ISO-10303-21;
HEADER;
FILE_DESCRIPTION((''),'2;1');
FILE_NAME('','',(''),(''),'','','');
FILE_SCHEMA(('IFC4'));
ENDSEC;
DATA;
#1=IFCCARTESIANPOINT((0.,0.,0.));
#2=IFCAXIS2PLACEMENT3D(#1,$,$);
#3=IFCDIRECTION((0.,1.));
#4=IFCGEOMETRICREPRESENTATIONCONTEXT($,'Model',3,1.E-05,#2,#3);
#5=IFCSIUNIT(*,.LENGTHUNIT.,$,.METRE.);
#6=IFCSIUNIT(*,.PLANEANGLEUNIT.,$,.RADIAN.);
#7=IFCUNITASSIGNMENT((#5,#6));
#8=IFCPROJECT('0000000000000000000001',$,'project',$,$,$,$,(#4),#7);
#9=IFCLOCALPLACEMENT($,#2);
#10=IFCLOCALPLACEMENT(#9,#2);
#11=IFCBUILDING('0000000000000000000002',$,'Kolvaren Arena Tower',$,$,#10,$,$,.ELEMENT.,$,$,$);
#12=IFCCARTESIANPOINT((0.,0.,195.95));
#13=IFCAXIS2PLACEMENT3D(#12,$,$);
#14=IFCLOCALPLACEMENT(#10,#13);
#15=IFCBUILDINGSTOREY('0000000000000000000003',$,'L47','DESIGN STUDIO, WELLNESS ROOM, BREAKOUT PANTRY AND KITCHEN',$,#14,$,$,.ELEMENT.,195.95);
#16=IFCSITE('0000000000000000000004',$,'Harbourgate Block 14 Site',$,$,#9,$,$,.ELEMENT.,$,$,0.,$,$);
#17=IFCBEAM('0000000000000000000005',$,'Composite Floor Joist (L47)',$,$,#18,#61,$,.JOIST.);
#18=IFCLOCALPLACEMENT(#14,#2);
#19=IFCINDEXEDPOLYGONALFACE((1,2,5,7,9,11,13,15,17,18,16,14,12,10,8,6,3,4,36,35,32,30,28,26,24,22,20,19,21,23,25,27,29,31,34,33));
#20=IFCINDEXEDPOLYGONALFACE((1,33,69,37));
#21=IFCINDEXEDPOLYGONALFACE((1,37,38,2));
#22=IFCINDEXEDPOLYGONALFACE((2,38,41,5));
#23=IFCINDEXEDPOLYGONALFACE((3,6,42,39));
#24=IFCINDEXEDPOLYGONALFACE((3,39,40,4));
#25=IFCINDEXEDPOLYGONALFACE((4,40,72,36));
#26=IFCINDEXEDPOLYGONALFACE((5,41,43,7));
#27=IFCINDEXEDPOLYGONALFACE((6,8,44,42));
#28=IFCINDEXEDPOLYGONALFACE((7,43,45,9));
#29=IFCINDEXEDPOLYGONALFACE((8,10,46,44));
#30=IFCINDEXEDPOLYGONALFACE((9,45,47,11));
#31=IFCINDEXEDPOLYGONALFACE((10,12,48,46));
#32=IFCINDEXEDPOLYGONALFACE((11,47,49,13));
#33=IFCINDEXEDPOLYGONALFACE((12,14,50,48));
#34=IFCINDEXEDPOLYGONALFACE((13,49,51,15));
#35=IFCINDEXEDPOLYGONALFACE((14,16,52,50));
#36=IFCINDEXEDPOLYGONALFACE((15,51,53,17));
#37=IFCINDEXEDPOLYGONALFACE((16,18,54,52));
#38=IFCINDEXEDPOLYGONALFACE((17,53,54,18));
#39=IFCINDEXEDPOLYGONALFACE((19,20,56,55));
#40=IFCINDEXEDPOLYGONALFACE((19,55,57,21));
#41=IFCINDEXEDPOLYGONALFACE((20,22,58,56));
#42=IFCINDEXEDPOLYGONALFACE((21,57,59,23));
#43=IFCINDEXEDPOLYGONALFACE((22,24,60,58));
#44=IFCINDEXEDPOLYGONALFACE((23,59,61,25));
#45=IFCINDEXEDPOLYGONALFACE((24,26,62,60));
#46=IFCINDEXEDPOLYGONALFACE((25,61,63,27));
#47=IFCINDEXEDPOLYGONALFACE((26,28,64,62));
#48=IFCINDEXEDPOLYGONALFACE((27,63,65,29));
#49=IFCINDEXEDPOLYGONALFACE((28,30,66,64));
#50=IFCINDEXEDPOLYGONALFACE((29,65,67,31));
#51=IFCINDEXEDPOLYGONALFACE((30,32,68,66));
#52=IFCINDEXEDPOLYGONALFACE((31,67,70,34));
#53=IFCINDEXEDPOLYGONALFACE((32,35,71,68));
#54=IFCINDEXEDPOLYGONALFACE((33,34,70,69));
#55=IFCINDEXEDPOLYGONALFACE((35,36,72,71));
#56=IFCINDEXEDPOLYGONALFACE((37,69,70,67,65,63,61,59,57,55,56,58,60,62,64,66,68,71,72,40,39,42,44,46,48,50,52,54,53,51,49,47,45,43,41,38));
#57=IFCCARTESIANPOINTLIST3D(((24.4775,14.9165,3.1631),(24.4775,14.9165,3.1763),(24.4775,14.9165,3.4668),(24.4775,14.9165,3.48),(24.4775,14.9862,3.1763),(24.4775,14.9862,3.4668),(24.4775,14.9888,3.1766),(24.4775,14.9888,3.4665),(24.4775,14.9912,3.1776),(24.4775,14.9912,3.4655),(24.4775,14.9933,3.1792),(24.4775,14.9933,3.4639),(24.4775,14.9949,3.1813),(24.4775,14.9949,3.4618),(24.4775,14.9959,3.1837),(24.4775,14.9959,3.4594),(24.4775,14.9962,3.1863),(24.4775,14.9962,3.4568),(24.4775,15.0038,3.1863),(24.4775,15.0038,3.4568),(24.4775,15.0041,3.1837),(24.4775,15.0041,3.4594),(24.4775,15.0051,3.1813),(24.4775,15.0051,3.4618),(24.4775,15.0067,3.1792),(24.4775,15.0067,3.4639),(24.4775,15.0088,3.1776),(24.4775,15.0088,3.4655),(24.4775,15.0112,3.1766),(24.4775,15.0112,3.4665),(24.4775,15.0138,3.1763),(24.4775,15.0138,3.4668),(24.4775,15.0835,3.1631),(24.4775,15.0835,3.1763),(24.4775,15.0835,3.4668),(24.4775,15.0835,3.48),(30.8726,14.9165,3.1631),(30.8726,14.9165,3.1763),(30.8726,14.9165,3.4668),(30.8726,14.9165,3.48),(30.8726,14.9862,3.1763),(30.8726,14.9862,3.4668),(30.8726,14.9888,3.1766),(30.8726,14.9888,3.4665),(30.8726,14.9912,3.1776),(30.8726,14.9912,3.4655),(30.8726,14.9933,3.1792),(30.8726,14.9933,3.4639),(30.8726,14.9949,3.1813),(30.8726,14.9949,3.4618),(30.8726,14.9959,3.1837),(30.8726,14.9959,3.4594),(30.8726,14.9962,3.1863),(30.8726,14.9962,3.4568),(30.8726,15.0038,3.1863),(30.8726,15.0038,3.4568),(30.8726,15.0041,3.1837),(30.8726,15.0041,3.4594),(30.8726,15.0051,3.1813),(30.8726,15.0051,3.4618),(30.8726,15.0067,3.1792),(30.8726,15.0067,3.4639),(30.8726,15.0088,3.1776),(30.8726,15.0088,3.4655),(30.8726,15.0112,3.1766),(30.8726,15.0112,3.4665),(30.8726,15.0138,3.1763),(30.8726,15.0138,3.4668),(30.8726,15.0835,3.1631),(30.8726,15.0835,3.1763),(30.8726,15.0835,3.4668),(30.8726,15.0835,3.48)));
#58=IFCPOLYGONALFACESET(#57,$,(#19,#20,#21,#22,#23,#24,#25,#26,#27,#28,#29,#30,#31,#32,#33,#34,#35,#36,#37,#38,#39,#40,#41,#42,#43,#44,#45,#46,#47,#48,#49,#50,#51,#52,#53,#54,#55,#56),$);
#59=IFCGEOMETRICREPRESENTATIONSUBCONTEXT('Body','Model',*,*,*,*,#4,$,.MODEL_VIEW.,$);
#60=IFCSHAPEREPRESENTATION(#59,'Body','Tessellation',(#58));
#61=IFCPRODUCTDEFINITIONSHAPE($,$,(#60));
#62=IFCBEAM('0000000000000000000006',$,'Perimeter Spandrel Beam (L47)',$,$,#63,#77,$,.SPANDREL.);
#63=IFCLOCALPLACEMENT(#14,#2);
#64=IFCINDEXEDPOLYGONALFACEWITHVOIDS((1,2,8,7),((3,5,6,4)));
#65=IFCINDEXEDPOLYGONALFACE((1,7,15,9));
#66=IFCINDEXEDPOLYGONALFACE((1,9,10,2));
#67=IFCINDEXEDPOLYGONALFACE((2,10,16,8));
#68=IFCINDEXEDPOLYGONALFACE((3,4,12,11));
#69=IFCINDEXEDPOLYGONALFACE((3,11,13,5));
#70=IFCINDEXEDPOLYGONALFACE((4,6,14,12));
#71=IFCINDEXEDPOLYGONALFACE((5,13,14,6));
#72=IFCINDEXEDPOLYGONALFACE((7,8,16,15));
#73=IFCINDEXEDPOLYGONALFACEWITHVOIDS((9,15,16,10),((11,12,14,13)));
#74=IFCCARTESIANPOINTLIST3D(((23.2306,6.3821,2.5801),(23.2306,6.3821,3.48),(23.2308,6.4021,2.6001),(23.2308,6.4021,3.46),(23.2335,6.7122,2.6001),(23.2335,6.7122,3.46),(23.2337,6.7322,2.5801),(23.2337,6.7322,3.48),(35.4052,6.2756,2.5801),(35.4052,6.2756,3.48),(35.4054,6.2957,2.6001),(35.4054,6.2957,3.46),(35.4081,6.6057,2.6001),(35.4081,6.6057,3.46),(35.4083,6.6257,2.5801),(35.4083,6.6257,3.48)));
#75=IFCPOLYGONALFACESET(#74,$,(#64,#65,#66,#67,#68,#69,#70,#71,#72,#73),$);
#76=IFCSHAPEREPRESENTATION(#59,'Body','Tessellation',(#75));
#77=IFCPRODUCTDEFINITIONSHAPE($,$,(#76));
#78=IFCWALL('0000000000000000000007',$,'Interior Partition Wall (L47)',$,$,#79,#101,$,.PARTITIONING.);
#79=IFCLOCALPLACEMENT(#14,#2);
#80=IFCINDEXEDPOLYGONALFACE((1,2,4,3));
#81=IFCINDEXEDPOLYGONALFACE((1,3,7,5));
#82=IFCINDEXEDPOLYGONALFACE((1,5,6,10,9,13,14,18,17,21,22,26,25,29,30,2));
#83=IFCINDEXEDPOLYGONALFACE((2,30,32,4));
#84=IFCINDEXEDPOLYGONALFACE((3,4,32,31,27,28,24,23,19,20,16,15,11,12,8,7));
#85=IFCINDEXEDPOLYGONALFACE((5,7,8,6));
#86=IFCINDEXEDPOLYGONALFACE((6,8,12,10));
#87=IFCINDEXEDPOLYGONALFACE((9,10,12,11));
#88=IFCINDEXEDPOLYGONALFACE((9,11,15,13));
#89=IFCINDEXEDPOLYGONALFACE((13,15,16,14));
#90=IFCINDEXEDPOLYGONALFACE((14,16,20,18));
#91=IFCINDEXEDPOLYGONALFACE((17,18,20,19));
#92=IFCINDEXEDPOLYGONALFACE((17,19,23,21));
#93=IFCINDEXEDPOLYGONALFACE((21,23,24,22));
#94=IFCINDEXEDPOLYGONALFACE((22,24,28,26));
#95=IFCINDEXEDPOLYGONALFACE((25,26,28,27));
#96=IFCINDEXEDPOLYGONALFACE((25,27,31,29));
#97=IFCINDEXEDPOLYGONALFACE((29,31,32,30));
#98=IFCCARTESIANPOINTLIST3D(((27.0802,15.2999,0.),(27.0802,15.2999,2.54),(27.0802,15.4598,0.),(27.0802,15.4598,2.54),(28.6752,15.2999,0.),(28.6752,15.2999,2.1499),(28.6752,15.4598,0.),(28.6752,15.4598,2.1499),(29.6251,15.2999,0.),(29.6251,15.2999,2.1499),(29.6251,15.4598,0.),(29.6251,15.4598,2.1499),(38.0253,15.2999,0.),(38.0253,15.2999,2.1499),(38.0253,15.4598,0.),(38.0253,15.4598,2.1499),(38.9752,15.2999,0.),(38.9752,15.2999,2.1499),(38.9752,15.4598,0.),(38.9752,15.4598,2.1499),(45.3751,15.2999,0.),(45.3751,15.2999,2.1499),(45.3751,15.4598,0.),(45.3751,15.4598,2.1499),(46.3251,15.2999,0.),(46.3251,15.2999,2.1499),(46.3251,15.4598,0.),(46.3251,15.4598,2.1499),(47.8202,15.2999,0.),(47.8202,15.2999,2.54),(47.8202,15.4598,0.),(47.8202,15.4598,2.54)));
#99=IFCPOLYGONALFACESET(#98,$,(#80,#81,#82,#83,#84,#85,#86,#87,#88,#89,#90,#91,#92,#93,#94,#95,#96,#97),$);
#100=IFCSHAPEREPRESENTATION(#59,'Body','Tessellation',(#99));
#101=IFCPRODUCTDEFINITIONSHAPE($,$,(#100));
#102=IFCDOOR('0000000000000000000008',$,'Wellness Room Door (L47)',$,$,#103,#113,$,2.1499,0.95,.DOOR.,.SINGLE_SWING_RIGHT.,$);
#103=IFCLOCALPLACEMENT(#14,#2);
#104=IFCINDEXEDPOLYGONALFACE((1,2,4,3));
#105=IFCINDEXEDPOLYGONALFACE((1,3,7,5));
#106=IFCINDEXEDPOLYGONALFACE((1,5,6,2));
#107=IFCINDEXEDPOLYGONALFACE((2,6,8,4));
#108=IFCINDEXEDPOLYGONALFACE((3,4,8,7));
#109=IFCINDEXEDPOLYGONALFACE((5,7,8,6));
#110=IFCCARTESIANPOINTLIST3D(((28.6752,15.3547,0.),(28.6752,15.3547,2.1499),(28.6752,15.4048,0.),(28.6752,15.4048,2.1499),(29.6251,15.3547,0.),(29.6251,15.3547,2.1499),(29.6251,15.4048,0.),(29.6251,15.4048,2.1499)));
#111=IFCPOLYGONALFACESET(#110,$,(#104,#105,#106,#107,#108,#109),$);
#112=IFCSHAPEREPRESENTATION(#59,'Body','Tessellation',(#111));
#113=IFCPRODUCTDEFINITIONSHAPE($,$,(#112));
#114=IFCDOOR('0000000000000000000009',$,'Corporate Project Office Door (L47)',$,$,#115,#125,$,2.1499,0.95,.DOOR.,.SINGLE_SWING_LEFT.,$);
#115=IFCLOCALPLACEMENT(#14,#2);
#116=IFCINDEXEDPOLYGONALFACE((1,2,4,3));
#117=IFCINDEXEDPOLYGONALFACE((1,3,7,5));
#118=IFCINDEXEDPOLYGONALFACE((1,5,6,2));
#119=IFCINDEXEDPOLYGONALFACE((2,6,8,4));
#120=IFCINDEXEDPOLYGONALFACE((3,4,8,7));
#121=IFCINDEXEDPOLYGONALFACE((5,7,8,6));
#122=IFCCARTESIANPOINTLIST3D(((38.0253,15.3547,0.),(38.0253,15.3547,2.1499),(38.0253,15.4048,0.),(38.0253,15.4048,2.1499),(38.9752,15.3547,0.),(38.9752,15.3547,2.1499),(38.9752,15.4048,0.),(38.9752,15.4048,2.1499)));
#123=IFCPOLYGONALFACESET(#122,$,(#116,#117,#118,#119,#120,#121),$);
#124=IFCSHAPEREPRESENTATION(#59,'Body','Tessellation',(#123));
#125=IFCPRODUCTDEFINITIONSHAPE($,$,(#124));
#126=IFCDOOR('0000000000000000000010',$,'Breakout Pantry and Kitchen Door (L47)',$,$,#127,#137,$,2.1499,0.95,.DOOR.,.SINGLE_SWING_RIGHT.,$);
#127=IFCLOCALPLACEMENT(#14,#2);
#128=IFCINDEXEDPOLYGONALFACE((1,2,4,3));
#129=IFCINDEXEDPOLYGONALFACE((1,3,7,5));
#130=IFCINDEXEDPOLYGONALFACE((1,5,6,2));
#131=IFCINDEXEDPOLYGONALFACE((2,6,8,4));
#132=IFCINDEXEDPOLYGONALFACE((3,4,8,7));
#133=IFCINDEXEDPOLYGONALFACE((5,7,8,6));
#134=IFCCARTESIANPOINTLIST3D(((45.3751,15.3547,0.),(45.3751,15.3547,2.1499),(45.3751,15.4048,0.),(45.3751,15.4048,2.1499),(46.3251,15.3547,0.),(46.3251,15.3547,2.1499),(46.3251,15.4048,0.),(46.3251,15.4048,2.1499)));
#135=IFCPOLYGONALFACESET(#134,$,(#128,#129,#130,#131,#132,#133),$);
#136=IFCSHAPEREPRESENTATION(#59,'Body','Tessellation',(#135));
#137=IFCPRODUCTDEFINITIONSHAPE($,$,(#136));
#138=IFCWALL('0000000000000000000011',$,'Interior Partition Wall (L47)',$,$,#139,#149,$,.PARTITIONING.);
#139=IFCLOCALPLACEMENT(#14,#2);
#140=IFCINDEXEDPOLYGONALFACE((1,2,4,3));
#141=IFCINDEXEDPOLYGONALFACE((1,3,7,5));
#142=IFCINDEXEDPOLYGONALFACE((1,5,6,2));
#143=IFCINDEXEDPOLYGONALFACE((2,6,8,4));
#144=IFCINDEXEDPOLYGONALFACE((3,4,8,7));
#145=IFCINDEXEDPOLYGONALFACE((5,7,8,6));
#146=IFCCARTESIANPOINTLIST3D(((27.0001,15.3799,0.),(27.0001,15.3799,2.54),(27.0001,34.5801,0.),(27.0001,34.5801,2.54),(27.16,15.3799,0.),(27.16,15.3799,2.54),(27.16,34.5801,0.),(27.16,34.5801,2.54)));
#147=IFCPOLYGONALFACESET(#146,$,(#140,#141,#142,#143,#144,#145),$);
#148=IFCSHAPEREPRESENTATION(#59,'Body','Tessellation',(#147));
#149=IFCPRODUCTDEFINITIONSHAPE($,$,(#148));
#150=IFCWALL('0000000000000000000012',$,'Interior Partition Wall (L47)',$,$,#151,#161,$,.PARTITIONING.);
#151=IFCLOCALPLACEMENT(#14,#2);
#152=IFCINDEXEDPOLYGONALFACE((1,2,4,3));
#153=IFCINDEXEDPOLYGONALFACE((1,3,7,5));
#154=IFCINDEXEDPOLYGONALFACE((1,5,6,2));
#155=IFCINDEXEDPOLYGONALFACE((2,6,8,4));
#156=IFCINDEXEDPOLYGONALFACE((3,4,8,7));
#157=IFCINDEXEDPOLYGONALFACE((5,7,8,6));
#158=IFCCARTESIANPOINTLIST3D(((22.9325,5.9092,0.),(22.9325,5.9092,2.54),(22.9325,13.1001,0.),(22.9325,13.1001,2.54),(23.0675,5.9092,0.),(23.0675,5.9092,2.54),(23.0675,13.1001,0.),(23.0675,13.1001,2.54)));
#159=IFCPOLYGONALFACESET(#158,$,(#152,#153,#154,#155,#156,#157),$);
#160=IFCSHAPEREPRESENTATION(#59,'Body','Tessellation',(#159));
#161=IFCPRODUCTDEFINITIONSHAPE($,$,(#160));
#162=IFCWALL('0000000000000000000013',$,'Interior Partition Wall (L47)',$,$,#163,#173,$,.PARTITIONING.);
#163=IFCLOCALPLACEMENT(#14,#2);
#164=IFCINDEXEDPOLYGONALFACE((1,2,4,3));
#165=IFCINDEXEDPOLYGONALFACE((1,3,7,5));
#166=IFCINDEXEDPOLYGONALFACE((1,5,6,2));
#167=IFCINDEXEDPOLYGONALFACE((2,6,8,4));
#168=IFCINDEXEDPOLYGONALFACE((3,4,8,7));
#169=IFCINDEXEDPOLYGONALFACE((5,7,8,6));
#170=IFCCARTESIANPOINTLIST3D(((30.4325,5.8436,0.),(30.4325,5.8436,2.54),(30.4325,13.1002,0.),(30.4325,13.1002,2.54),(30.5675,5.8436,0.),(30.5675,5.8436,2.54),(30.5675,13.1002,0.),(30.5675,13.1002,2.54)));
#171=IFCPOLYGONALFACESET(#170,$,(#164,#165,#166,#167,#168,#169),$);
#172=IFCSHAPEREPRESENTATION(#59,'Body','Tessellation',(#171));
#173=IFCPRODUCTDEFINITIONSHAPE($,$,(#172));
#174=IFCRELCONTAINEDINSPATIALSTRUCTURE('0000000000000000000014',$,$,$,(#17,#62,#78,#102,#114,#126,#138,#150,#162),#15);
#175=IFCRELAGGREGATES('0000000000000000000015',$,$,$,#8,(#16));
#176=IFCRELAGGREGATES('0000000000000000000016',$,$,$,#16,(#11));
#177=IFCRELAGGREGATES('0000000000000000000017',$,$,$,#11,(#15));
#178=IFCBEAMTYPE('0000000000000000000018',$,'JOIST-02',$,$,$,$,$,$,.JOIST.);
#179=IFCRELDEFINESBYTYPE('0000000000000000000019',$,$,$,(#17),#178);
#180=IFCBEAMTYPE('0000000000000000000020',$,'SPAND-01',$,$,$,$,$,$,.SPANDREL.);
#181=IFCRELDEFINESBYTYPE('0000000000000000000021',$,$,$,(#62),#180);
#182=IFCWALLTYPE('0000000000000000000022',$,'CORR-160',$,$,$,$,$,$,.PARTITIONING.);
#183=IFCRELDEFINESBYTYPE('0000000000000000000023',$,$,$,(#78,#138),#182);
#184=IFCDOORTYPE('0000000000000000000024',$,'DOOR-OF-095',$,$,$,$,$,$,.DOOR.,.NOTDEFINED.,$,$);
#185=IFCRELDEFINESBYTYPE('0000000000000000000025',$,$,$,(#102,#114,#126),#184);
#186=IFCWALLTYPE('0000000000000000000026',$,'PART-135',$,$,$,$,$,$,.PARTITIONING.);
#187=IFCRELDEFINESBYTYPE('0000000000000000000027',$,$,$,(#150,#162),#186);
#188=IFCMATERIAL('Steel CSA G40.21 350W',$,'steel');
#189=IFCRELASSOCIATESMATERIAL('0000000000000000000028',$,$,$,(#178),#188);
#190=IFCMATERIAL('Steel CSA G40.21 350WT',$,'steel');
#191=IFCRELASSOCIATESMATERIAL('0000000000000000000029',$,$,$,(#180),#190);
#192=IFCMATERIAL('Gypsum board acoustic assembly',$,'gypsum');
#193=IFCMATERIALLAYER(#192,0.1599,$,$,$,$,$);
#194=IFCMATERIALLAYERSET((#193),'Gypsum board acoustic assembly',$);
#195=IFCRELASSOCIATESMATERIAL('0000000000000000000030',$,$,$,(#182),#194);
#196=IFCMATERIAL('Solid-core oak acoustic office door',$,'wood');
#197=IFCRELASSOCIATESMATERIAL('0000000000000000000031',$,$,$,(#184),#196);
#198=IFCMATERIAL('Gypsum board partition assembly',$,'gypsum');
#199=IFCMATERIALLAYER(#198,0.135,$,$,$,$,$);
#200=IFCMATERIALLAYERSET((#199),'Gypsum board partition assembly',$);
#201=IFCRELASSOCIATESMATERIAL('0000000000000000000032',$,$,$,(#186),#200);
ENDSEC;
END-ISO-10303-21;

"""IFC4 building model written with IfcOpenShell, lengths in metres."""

from ifc_helpers import new_model, si_unit, direction, frame, frame_2d, origin, origin_2d, place, context, subcontext, project, spatial, rectangle, hollow_rectangle, i_section, extrude, material, layer, layer_set, material_profile, profile_set, type_object, element, fill, save


model = new_model("IFC4")

# Units and contexts
model_context = context("Model", 3, precision=1e-05, world=origin(), true_north=direction((0.0, 1.0)))
body_context = subcontext(model_context, "Body", "Model", "MODEL_VIEW")
ifc_project = project(units=[si_unit("LENGTHUNIT", "METRE"), si_unit("PLANEANGLEUNIT", "RADIAN")], contexts=[model_context])

# Site, building, storey
site_placement = place(None, origin())
site = spatial("IfcSite", under=ifc_project, at=site_placement, Name="Harbourgate Block 14 Site", CompositionType="ELEMENT", RefElevation=0.0)
building_placement = place(site_placement, origin())
building = spatial("IfcBuilding", under=site, at=building_placement, Name="Kolvaren Arena Tower", CompositionType="ELEMENT")
storey_placement = place(building_placement, frame((0.0, 0.0, 195.95)))
storey = spatial("IfcBuildingStorey", under=building, at=storey_placement, Name="L47", Description="DESIGN STUDIO, WELLNESS ROOM, BREAKOUT PANTRY AND KITCHEN", CompositionType="ELEMENT", Elevation=195.95)

# Beams
ifc_material_1 = material(Name="Steel CSA G40.21 350W", Category="steel")
ifc_material_profile_1 = material_profile(ifc_material_1, i_section(OverallWidth=0.167, OverallDepth=0.3169, WebThickness=0.0076, FlangeThickness=0.0132, FilletRadius=0.01, at=origin_2d()), Name="W310x52")
ifc_profile_set_1 = profile_set([ifc_material_profile_1], Name="Steel CSA G40.21 350W")
beam_type_1 = type_object("IfcBeamType", Name="JOIST-02", PredefinedType="JOIST", material=ifc_profile_set_1)
beam_1_placement = place(storey_placement, frame((24.4775, 15.0, 3.3215), z_axis=(1.0, 0.0, 0.0), x_axis=(0.0, 1.0, 0.0)))
element("IfcBeam", 1, at=beam_1_placement, inside=storey, type_object=beam_type_1, Name="Composite Floor Joist (L47)", PredefinedType="JOIST", context=body_context, shape_type="SweptSolid", body=[
    extrude(i_section(OverallWidth=0.167, OverallDepth=0.3169, WebThickness=0.0076, FlangeThickness=0.0132, FilletRadius=0.01, at=origin_2d()), origin(), (0.0, 0.0, 1.0), 6.395),
])
ifc_material_2 = material(Name="Steel CSA G40.21 350WT", Category="steel")
ifc_material_profile_2 = material_profile(ifc_material_2, hollow_rectangle(XDim=0.3501, YDim=0.8999, WallThickness=0.02, at=origin_2d()), Name="HSS 900x350x20")
ifc_profile_set_2 = profile_set([ifc_material_profile_2], Name="Steel CSA G40.21 350WT")
beam_type_2 = type_object("IfcBeamType", Name="SPAND-01", PredefinedType="SPANDREL", material=ifc_profile_set_2)
beam_2_placement = place(storey_placement, frame((23.2322, 6.5571, 3.03), z_axis=(0.999962, -0.008743, 0.0), x_axis=(0.008743, 0.999962, 0.0)))
element("IfcBeam", 2, at=beam_2_placement, inside=storey, type_object=beam_type_2, Name="Perimeter Spandrel Beam (L47)", PredefinedType="SPANDREL", context=body_context, shape_type="SweptSolid", body=[
    extrude(hollow_rectangle(XDim=0.3501, YDim=0.8999, WallThickness=0.02, at=origin_2d()), origin(), (0.0, 0.0, 1.0), 12.175),
])

# Wall, openings, doors
ifc_material_3 = material(Name="Gypsum board acoustic assembly", Category="gypsum")
ifc_layer_1 = layer(ifc_material_3, 0.1599)
ifc_layer_set_1 = layer_set([ifc_layer_1], Name="Gypsum board acoustic assembly")
wall_type_1 = type_object("IfcWallType", Name="CORR-160", PredefinedType="PARTITIONING", material=ifc_layer_set_1)
wall_1_placement = place(storey_placement, frame((27.0801, 15.3799, 0.0), z_axis=(0.0, 0.0, 1.0), x_axis=(1.0, 0.0, 0.0)))
wall_1 = element("IfcWall", 3, at=wall_1_placement, inside=storey, type_object=wall_type_1, Name="Interior Partition Wall (L47)", PredefinedType="PARTITIONING", context=body_context, shape_type="SweptSolid", body=[
    extrude(rectangle(XDim=20.74, YDim=0.1599, at=frame_2d((10.3701, 0.0))), origin(), (0.0, 0.0, 1.0), 2.54),
])
opening_1_placement = place(wall_1_placement, frame((1.595, 0.0, 0.0)))
opening_1 = element("IfcOpeningElement", 4, at=opening_1_placement, cuts=wall_1, PredefinedType="OPENING", context=body_context, shape_type="SweptSolid", body=[
    extrude(rectangle(XDim=0.95, YDim=2.1499, at=frame_2d((0.4751, 1.075))), frame((0.0, 0.0898, 0.0), z_axis=(0.0, -1.0, 0.0), x_axis=(1.0, 0.0, 0.0)), (0.0, 0.0, 1.0), 0.1799),
])
opening_2_placement = place(wall_1_placement, frame((10.9451, 0.0, 0.0)))
opening_2 = element("IfcOpeningElement", 5, at=opening_2_placement, cuts=wall_1, PredefinedType="OPENING", context=body_context, shape_type="SweptSolid", body=[
    extrude(rectangle(XDim=0.95, YDim=2.1499, at=frame_2d((0.4751, 1.075))), frame((0.0, 0.0898, 0.0), z_axis=(0.0, -1.0, 0.0), x_axis=(1.0, 0.0, 0.0)), (0.0, 0.0, 1.0), 0.1799),
])
opening_3_placement = place(wall_1_placement, frame((18.2949, 0.0, 0.0)))
opening_3 = element("IfcOpeningElement", 6, at=opening_3_placement, cuts=wall_1, PredefinedType="OPENING", context=body_context, shape_type="SweptSolid", body=[
    extrude(rectangle(XDim=0.95, YDim=2.1499, at=frame_2d((0.4751, 1.075))), frame((0.0, 0.0898, 0.0), z_axis=(0.0, -1.0, 0.0), x_axis=(1.0, 0.0, 0.0)), (0.0, 0.0, 1.0), 0.1799),
])
ifc_material_4 = material(Name="Solid-core oak acoustic office door", Category="wood")
door_type = type_object("IfcDoorType", Name="DOOR-OF-095", OperationType="NOTDEFINED", PredefinedType="DOOR", material=ifc_material_4)
door_1_placement = place(opening_1_placement, origin())
door_1 = element("IfcDoor", 7, at=door_1_placement, inside=storey, type_object=door_type, Name="Wellness Room Door (L47)", OperationType="SINGLE_SWING_RIGHT", OverallHeight=2.1499, OverallWidth=0.95, PredefinedType="DOOR", context=body_context, shape_type="SweptSolid", body=[
    extrude(rectangle(XDim=0.95, YDim=2.1499, at=frame_2d((0.4751, 1.075))), frame((0.0, 0.0249, 0.0), z_axis=(0.0, -1.0, 0.0), x_axis=(1.0, 0.0, 0.0)), (0.0, 0.0, 1.0), 0.05),
])
fill(opening_1, door_1)
door_2_placement = place(opening_2_placement, origin())
door_2 = element("IfcDoor", 8, at=door_2_placement, inside=storey, type_object=door_type, Name="Corporate Project Office Door (L47)", OperationType="SINGLE_SWING_LEFT", OverallHeight=2.1499, OverallWidth=0.95, PredefinedType="DOOR", context=body_context, shape_type="SweptSolid", body=[
    extrude(rectangle(XDim=0.95, YDim=2.1499, at=frame_2d((0.4751, 1.075))), frame((0.0, 0.0249, 0.0), z_axis=(0.0, -1.0, 0.0), x_axis=(1.0, 0.0, 0.0)), (0.0, 0.0, 1.0), 0.05),
])
fill(opening_2, door_2)
door_3_placement = place(opening_3_placement, origin())
door_3 = element("IfcDoor", 9, at=door_3_placement, inside=storey, type_object=door_type, Name="Breakout Pantry and Kitchen Door (L47)", OperationType="SINGLE_SWING_RIGHT", OverallHeight=2.1499, OverallWidth=0.95, PredefinedType="DOOR", context=body_context, shape_type="SweptSolid", body=[
    extrude(rectangle(XDim=0.95, YDim=2.1499, at=frame_2d((0.4751, 1.075))), frame((0.0, 0.0249, 0.0), z_axis=(0.0, -1.0, 0.0), x_axis=(1.0, 0.0, 0.0)), (0.0, 0.0, 1.0), 0.05),
])
fill(opening_3, door_3)

# Walls
wall_2_placement = place(storey_placement, frame((27.0801, 15.3799, 0.0), z_axis=(0.0, 0.0, 1.0), x_axis=(0.0, 1.0, 0.0)))
element("IfcWall", 10, at=wall_2_placement, inside=storey, type_object=wall_type_1, Name="Interior Partition Wall (L47)", PredefinedType="PARTITIONING", context=body_context, shape_type="SweptSolid", body=[
    extrude(rectangle(XDim=19.2002, YDim=0.1599, at=frame_2d((9.6001, 0.0))), origin(), (0.0, 0.0, 1.0), 2.54),
])
ifc_material_5 = material(Name="Gypsum board partition assembly", Category="gypsum")
ifc_layer_2 = layer(ifc_material_5, 0.135)
ifc_layer_set_2 = layer_set([ifc_layer_2], Name="Gypsum board partition assembly")
wall_type_2 = type_object("IfcWallType", Name="PART-135", PredefinedType="PARTITIONING", material=ifc_layer_set_2)
wall_3_placement = place(storey_placement, frame((23.0, 5.9092, 0.0), z_axis=(0.0, 0.0, 1.0), x_axis=(0.0, 1.0, 0.0)))
element("IfcWall", 11, at=wall_3_placement, inside=storey, type_object=wall_type_2, Name="Interior Partition Wall (L47)", PredefinedType="PARTITIONING", context=body_context, shape_type="SweptSolid", body=[
    extrude(rectangle(XDim=7.1909, YDim=0.135, at=frame_2d((3.5955, 0.0))), origin(), (0.0, 0.0, 1.0), 2.54),
])
wall_4_placement = place(storey_placement, frame((30.5, 5.8435, 0.0), z_axis=(0.0, 0.0, 1.0), x_axis=(0.0, 1.0, 0.0)))
element("IfcWall", 12, at=wall_4_placement, inside=storey, type_object=wall_type_2, Name="Interior Partition Wall (L47)", PredefinedType="PARTITIONING", context=body_context, shape_type="SweptSolid", body=[
    extrude(rectangle(XDim=7.2566, YDim=0.135, at=frame_2d((3.6284, 0.0))), origin(), (0.0, 0.0, 1.0), 2.54),
])

save(model, "model.ifc")
